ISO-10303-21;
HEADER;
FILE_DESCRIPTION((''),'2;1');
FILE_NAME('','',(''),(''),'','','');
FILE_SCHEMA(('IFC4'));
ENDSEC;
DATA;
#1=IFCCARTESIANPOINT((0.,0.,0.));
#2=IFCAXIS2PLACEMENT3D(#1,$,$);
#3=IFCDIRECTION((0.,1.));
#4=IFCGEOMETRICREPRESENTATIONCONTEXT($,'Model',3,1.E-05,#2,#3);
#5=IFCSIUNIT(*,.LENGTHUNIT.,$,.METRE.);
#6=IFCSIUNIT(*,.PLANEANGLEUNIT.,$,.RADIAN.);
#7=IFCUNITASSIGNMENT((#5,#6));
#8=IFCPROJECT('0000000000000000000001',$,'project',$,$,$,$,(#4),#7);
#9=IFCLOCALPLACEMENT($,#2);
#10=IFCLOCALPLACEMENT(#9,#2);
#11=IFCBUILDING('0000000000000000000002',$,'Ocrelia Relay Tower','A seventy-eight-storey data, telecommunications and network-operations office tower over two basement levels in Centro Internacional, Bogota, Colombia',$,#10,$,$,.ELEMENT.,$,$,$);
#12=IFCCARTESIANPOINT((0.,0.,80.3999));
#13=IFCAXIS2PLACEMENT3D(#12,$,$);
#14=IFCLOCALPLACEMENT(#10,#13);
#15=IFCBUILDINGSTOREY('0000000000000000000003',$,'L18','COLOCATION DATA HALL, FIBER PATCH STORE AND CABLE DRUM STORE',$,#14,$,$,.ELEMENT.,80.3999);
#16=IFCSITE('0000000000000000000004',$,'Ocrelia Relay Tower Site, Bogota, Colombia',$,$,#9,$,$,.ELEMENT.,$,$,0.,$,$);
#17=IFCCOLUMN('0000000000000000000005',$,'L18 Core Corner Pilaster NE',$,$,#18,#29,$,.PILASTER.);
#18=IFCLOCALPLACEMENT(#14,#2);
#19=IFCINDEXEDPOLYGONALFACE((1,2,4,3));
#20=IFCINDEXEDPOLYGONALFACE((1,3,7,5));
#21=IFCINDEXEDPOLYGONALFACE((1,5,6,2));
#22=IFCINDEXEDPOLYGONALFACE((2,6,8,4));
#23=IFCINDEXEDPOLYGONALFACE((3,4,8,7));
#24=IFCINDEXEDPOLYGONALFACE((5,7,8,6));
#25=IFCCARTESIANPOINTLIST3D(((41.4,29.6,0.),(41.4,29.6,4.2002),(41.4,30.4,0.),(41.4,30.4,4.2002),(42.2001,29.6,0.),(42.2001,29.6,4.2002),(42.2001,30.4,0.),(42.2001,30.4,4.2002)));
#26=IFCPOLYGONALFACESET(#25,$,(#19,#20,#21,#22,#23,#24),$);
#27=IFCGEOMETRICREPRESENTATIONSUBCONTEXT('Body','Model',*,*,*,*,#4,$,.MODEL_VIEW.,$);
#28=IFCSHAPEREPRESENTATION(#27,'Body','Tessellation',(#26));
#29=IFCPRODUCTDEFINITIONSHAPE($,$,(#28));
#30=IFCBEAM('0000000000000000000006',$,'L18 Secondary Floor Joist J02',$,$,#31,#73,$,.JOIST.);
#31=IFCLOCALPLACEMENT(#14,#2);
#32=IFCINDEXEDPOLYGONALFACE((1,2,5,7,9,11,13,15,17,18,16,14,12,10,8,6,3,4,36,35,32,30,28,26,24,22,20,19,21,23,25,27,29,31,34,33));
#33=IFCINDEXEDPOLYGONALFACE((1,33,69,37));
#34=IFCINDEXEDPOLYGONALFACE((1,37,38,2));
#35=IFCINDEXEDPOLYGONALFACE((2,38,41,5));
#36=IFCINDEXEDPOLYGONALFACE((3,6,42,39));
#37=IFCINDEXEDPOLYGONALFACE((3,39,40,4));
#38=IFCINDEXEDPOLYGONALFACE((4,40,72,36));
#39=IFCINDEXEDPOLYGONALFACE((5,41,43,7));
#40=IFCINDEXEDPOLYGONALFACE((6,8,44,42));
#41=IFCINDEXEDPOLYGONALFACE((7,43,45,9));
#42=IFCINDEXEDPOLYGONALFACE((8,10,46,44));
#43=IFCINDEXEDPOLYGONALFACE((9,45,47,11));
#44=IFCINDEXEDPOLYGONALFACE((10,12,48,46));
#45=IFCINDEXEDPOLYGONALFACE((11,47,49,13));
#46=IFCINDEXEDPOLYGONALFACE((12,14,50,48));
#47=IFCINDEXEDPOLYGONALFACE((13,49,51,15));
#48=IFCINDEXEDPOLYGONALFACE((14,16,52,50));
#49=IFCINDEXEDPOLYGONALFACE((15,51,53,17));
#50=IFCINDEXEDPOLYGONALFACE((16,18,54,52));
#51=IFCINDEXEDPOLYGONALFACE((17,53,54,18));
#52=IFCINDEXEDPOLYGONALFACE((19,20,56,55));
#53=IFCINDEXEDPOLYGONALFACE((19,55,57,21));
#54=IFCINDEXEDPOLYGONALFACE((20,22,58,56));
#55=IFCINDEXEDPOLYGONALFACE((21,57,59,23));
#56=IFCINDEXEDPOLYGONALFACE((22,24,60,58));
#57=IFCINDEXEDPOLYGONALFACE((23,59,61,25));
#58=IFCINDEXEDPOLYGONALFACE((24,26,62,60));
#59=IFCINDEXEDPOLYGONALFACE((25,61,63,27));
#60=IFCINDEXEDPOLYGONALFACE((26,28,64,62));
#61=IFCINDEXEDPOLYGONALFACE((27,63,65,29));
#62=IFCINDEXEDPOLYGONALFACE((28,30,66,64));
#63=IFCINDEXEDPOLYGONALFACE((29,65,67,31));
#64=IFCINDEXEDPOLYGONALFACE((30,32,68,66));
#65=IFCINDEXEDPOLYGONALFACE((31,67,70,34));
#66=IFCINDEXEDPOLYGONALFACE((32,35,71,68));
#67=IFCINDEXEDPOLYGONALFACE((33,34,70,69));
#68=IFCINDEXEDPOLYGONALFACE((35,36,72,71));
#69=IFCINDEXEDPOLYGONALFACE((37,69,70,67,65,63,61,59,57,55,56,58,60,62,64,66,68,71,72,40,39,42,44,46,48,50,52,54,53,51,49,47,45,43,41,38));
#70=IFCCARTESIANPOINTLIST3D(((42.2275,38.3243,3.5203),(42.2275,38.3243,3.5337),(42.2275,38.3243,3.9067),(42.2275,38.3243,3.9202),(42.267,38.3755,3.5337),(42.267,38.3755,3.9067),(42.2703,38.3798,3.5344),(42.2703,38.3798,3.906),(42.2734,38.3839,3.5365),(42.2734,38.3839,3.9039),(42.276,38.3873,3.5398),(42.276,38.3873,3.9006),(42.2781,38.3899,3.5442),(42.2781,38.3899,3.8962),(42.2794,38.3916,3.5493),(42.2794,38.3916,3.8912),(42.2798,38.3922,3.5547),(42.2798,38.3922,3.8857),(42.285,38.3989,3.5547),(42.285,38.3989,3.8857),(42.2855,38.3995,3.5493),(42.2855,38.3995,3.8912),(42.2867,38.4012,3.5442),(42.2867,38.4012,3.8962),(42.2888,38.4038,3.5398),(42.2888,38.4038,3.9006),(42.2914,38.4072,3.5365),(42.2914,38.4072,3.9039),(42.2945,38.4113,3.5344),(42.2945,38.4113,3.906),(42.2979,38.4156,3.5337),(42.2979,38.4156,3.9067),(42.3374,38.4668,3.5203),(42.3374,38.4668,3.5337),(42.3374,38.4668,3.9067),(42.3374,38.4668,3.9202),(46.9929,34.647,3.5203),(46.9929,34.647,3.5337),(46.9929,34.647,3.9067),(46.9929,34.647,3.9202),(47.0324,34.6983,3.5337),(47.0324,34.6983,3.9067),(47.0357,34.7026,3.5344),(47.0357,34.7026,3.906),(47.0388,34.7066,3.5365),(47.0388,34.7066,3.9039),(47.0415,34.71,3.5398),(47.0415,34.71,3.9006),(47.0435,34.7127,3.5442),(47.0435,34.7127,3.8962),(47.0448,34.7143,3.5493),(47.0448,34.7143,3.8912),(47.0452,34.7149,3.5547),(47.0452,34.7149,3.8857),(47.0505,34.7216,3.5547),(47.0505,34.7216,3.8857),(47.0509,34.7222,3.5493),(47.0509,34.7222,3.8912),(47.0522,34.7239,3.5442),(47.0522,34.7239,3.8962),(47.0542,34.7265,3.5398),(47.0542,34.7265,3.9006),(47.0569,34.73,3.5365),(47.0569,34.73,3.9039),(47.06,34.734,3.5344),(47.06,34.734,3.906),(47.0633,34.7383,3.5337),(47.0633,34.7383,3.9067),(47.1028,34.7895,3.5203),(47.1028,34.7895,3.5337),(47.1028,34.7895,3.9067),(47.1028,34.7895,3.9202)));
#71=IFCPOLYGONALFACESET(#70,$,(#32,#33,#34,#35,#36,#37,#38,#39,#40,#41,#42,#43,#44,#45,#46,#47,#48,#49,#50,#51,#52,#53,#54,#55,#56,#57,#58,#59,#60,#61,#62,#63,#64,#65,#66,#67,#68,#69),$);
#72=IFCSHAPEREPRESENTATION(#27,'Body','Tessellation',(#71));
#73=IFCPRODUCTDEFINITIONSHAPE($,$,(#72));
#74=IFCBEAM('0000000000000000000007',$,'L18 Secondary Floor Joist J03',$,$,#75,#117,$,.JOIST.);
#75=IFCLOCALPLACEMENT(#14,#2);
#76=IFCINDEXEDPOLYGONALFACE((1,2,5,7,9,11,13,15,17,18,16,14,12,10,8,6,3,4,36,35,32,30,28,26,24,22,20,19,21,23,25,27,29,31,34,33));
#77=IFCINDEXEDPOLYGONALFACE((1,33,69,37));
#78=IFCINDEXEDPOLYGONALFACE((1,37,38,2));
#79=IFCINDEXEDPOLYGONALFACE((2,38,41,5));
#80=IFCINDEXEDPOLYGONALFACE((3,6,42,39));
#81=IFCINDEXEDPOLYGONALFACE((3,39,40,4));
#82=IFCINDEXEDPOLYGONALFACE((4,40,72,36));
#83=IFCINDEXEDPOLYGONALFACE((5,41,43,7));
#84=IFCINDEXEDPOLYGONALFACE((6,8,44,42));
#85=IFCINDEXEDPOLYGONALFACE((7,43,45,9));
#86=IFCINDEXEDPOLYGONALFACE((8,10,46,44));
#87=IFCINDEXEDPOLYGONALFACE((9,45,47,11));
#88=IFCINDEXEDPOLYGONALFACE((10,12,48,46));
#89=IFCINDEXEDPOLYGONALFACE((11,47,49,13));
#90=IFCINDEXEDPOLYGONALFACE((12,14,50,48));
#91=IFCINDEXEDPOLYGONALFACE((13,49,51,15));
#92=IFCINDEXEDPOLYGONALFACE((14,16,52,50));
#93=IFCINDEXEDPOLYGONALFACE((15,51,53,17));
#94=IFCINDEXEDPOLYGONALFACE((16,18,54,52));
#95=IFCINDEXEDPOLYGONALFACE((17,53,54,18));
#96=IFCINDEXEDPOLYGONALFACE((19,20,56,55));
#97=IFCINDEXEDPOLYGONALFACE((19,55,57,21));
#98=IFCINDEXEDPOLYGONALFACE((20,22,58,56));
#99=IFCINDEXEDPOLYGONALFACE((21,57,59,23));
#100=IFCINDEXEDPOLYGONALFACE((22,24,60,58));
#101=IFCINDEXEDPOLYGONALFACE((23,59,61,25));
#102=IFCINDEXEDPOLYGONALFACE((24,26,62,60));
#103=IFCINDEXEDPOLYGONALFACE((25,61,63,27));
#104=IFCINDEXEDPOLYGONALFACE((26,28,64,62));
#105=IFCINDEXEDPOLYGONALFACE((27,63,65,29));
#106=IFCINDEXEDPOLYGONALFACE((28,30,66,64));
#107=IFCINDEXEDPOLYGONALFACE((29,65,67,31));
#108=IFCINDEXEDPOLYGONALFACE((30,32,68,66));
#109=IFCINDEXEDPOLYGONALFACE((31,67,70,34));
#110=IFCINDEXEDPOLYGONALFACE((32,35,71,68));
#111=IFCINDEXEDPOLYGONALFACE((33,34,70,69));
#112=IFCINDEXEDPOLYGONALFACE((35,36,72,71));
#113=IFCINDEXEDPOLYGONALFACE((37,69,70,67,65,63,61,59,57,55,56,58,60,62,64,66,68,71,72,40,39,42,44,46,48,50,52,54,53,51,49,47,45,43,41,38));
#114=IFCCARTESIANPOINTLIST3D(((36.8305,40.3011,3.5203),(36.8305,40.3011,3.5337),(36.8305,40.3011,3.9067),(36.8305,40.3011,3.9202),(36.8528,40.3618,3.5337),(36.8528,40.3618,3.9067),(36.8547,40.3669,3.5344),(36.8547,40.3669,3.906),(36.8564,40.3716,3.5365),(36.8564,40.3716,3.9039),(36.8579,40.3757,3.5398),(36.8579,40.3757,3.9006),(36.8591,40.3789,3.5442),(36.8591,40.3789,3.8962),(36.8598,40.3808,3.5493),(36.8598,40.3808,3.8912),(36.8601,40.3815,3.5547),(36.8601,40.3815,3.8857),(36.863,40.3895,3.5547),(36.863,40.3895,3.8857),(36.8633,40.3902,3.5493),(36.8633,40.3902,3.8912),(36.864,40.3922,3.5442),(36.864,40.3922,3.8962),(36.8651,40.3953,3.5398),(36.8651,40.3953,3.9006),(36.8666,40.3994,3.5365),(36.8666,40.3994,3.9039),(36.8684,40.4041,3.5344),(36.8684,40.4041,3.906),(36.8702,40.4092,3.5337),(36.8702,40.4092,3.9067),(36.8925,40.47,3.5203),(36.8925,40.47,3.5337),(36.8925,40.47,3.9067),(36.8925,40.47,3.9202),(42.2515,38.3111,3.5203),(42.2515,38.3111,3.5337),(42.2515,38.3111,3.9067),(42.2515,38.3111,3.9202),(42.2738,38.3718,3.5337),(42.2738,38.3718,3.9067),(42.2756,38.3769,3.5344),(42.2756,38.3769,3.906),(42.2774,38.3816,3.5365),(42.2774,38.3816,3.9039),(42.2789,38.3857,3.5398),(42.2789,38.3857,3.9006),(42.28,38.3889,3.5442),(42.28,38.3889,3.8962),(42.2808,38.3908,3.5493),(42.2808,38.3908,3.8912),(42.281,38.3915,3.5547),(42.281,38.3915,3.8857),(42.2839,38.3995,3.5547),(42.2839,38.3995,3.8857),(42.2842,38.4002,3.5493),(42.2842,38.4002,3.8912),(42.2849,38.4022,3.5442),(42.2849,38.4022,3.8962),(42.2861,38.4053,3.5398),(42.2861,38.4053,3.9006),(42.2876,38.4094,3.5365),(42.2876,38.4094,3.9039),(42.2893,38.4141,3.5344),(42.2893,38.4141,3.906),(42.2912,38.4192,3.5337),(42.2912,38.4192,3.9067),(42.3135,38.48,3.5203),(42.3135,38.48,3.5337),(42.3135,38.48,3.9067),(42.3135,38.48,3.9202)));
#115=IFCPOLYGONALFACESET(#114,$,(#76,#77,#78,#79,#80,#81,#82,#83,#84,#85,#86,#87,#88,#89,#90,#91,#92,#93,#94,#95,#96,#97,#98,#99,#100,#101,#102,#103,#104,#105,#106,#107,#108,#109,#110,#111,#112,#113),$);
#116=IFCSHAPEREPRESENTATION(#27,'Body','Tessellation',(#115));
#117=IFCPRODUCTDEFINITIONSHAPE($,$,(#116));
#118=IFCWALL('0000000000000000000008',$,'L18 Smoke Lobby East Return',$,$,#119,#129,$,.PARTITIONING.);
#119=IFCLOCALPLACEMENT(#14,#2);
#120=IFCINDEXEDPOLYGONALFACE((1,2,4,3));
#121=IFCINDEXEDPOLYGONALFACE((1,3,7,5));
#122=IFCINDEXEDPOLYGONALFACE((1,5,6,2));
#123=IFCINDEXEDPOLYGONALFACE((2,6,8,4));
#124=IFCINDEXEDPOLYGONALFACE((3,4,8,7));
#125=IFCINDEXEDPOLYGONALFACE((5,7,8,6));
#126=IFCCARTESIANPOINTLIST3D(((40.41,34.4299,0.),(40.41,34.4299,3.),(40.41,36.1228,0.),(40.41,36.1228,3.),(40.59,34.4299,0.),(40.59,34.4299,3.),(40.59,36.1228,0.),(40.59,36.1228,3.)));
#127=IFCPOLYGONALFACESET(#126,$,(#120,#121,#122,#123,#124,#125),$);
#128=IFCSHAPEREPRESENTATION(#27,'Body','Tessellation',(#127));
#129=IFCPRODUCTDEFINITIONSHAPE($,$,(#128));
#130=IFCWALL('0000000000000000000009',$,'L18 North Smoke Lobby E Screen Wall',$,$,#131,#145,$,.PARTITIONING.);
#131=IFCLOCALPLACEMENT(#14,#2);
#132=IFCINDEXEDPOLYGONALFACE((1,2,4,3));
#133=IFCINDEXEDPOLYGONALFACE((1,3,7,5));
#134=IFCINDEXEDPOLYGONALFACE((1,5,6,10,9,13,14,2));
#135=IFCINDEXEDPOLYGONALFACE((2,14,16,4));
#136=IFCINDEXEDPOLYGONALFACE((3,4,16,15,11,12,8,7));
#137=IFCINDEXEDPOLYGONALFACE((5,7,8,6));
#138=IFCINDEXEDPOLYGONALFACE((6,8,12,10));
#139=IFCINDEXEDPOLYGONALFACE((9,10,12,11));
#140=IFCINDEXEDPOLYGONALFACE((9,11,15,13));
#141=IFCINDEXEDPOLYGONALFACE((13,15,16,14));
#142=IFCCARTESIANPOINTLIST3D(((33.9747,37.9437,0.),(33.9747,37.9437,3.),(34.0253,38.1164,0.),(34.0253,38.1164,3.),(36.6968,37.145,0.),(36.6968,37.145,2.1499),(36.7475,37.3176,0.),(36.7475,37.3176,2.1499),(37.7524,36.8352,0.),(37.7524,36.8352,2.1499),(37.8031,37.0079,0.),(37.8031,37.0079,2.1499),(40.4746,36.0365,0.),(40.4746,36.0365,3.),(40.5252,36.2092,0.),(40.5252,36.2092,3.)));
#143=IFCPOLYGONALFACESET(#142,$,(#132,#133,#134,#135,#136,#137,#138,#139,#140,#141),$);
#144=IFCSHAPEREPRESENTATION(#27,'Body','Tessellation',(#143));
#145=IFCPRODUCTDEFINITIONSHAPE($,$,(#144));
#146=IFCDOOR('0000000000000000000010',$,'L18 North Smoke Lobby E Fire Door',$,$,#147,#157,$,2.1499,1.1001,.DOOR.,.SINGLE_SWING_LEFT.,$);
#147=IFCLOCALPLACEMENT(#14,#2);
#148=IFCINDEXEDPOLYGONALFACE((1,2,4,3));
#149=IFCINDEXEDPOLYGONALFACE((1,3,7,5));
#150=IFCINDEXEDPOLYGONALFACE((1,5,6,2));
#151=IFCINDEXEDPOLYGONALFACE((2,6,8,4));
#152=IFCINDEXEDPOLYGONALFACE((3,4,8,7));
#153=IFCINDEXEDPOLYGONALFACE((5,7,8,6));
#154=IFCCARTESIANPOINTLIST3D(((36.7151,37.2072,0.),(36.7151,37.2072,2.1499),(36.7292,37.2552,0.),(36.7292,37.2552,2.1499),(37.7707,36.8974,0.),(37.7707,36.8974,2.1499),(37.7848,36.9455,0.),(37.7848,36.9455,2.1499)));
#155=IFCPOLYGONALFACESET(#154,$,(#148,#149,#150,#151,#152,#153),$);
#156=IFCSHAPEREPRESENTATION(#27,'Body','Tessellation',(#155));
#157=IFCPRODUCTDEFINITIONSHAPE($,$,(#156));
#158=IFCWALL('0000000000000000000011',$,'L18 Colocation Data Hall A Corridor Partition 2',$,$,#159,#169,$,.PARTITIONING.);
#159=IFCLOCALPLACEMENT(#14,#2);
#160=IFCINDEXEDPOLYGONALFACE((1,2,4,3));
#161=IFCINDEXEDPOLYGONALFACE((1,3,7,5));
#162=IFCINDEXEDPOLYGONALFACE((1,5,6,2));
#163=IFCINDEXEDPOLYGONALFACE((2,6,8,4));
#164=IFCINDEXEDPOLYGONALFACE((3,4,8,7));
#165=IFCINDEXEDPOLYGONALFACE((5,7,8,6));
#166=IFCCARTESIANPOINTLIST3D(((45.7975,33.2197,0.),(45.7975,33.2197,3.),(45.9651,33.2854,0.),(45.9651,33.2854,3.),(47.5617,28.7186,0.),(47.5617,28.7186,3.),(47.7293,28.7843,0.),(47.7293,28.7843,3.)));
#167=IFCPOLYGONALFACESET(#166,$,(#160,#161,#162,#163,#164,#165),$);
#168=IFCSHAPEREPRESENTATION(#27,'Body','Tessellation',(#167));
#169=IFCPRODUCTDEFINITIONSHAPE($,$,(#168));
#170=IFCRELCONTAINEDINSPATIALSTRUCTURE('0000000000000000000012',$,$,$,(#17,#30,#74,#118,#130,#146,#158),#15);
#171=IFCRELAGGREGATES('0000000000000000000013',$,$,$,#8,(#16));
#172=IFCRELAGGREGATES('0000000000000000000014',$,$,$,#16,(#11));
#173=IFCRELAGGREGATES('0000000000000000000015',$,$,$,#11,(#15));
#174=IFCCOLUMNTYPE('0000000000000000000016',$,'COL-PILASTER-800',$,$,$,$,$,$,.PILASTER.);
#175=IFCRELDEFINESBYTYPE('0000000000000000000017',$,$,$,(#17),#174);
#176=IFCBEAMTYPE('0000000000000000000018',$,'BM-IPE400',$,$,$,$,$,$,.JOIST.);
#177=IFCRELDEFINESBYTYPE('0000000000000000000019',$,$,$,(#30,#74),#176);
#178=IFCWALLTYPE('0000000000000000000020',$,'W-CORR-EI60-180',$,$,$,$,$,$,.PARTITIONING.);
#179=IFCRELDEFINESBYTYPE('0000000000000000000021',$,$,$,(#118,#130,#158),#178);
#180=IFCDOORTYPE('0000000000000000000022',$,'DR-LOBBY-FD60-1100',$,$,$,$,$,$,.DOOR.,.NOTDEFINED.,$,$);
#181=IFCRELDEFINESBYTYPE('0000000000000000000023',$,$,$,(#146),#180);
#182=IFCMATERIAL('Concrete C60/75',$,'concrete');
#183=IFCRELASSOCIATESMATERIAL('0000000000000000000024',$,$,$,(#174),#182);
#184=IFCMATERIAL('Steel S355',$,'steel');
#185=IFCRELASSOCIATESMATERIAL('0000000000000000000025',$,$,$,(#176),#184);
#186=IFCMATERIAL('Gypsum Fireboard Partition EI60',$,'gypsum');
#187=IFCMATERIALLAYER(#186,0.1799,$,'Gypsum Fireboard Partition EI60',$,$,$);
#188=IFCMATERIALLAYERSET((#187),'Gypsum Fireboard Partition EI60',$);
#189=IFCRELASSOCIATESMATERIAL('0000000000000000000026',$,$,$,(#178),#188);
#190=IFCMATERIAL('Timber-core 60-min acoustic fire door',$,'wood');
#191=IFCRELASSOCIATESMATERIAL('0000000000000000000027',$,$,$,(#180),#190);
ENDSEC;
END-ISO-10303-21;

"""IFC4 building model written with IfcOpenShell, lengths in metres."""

from ifc_helpers import new_model, si_unit, direction, frame, frame_2d, origin, origin_2d, place, context, subcontext, project, spatial, rectangle, i_section, extrude, material, layer, layer_set, material_profile, profile_set, type_object, element, fill, save


model = new_model("IFC4")

# Units and contexts
model_context = context("Model", 3, precision=1e-05, world=origin(), true_north=direction((0.0, 1.0)))
body_context = subcontext(model_context, "Body", "Model", "MODEL_VIEW")
ifc_project = project(units=[si_unit("LENGTHUNIT", "METRE"), si_unit("PLANEANGLEUNIT", "RADIAN")], contexts=[model_context])

# Site, building, storey
site_placement = place(None, origin())
site = spatial("IfcSite", under=ifc_project, at=site_placement, Name="Ocrelia Relay Tower Site, Bogota, Colombia", CompositionType="ELEMENT", RefElevation=0.0)
building_placement = place(site_placement, origin())
building = spatial("IfcBuilding", under=site, at=building_placement, Name="Ocrelia Relay Tower", Description="A seventy-eight-storey data, telecommunications and network-operations office tower over two basement levels in Centro Internacional, Bogota, Colombia", CompositionType="ELEMENT")
storey_placement = place(building_placement, frame((0.0, 0.0, 80.3999)))
storey = spatial("IfcBuildingStorey", under=building, at=storey_placement, Name="L18", Description="COLOCATION DATA HALL, FIBER PATCH STORE AND CABLE DRUM STORE", CompositionType="ELEMENT", Elevation=80.3999)

# Column
ifc_material_1 = material(Name="Concrete C60/75", Category="concrete")
ifc_material_profile_1 = material_profile(ifc_material_1, rectangle(XDim=0.8, YDim=0.8, at=origin_2d()), Name="RC-COL-800x800")
ifc_profile_set_1 = profile_set([ifc_material_profile_1], Name="Concrete C60/75")
column_type = type_object("IfcColumnType", Name="COL-PILASTER-800", PredefinedType="PILASTER", material=ifc_profile_set_1)
column_placement = place(storey_placement, frame((41.8, 30.0, 0.0), z_axis=(0.0, 0.0, 1.0), x_axis=(1.0, 0.0, 0.0)))
element("IfcColumn", 1, at=column_placement, inside=storey, type_object=column_type, Name="L18 Core Corner Pilaster NE", PredefinedType="PILASTER", context=body_context, shape_type="SweptSolid", body=[
    extrude(rectangle(XDim=0.8, YDim=0.8, at=origin_2d()), origin(), (0.0, 0.0, 1.0), 4.2002),
])

# Beams
ifc_material_2 = material(Name="Steel S355", Category="steel")
ifc_material_profile_2 = material_profile(ifc_material_2, i_section(OverallWidth=0.1799, OverallDepth=0.3999, WebThickness=0.0085, FlangeThickness=0.0134, FilletRadius=0.021, at=origin_2d()), Name="IPE 400")
ifc_profile_set_2 = profile_set([ifc_material_profile_2], Name="Steel S355")
beam_type = type_object("IfcBeamType", Name="BM-IPE400", PredefinedType="JOIST", material=ifc_profile_set_2)
beam_1_placement = place(storey_placement, frame((47.0479, 34.7183, 3.7202), z_axis=(-0.791694, 0.610918, 0.0), x_axis=(-0.610918, -0.791694, 0.0)))
element("IfcBeam", 2, at=beam_1_placement, inside=storey, type_object=beam_type, Name="L18 Secondary Floor Joist J02", PredefinedType="JOIST", context=body_context, shape_type="SweptSolid", body=[
    extrude(i_section(OverallWidth=0.1799, OverallDepth=0.3999, WebThickness=0.0085, FlangeThickness=0.0134, FilletRadius=0.021, at=origin_2d()), origin(), (0.0, 0.0, 1.0), 6.0193),
])
beam_2_placement = place(storey_placement, frame((42.2825, 38.3955, 3.7202), z_axis=(-0.938746, 0.34461, 0.0), x_axis=(-0.34461, -0.938746, 0.0)))
element("IfcBeam", 3, at=beam_2_placement, inside=storey, type_object=beam_type, Name="L18 Secondary Floor Joist J03", PredefinedType="JOIST", context=body_context, shape_type="SweptSolid", body=[
    extrude(i_section(OverallWidth=0.1799, OverallDepth=0.3999, WebThickness=0.0085, FlangeThickness=0.0134, FilletRadius=0.021, at=origin_2d()), origin(), (0.0, 0.0, 1.0), 5.7747),
])

# Wall
ifc_material_3 = material(Name="Gypsum Fireboard Partition EI60", Category="gypsum")
ifc_layer_1 = layer(ifc_material_3, 0.1799, Name="Gypsum Fireboard Partition EI60")
ifc_layer_set_1 = layer_set([ifc_layer_1], Name="Gypsum Fireboard Partition EI60")
wall_type_1 = type_object("IfcWallType", Name="W-CORR-EI60-180", PredefinedType="PARTITIONING", material=ifc_layer_set_1)
wall_1_placement = place(storey_placement, frame((40.5, 36.1228, 0.0), z_axis=(0.0, 0.0, 1.0), x_axis=(0.0, -1.0, 0.0)))
element("IfcWall", 4, at=wall_1_placement, inside=storey, type_object=wall_type_1, Name="L18 Smoke Lobby East Return", PredefinedType="PARTITIONING", context=body_context, shape_type="SweptSolid", body=[
    extrude(rectangle(XDim=1.6929, YDim=0.1799, at=frame_2d((0.8464, 0.0))), origin(), (0.0, 0.0, 1.0), 3.0),
])

# Wall, opening, door
wall_2_placement = place(storey_placement, frame((34.0, 38.03, 0.0), z_axis=(0.0, 0.0, 1.0), x_axis=(0.959547, -0.28155, 0.0)))
wall_2 = element("IfcWall", 5, at=wall_2_placement, inside=storey, type_object=wall_type_1, Name="L18 North Smoke Lobby E Screen Wall", PredefinedType="PARTITIONING", context=body_context, shape_type="SweptSolid", body=[
    extrude(rectangle(XDim=6.7739, YDim=0.1799, at=frame_2d((3.387, 0.0))), origin(), (0.0, 0.0, 1.0), 3.0),
])
opening_1_placement = place(wall_2_placement, frame((2.8369, 0.0, 0.0)))
opening_1 = element("IfcOpeningElement", 6, at=opening_1_placement, cuts=wall_2, PredefinedType="OPENING", context=body_context, shape_type="SweptSolid", body=[
    extrude(rectangle(XDim=1.1001, YDim=2.1499, at=frame_2d((0.55, 1.075))), frame((0.0, 0.1001, 0.0), z_axis=(0.0, -1.0, 0.0), x_axis=(1.0, 0.0, 0.0)), (0.0, 0.0, 1.0), 0.2),
])
ifc_material_4 = material(Name="Timber-core 60-min acoustic fire door", Category="wood")
door_type_1 = type_object("IfcDoorType", Name="DR-LOBBY-FD60-1100", OperationType="NOTDEFINED", PredefinedType="DOOR", material=ifc_material_4)
door_1_placement = place(opening_1_placement, origin())
door_1 = element("IfcDoor", 7, at=door_1_placement, inside=storey, type_object=door_type_1, Name="L18 North Smoke Lobby E Fire Door", OperationType="SINGLE_SWING_LEFT", OverallHeight=2.1499, OverallWidth=1.1001, PredefinedType="DOOR", context=body_context, shape_type="SweptSolid", body=[
    extrude(rectangle(XDim=1.1001, YDim=2.1499, at=frame_2d((0.55, 1.075))), frame((0.0, 0.0249, 0.0), z_axis=(0.0, -1.0, 0.0), x_axis=(1.0, 0.0, 0.0)), (0.0, 0.0, 1.0), 0.05),
])
fill(opening_1, door_1)

# Wall
wall_3_placement = place(storey_placement, frame((47.6455, 28.7515, 0.0), z_axis=(0.0, 0.0, 1.0), x_axis=(-0.364921, 0.931038, 0.0)))
element("IfcWall", 8, at=wall_3_placement, inside=storey, type_object=wall_type_1, Name="L18 Colocation Data Hall A Corridor Partition 2", PredefinedType="PARTITIONING", context=body_context, shape_type="SweptSolid", body=[
    extrude(rectangle(XDim=4.8345, YDim=0.1799, at=frame_2d((2.4172, 0.0))), origin(), (0.0, 0.0, 1.0), 3.0),
])

save(model, "model.ifc")
